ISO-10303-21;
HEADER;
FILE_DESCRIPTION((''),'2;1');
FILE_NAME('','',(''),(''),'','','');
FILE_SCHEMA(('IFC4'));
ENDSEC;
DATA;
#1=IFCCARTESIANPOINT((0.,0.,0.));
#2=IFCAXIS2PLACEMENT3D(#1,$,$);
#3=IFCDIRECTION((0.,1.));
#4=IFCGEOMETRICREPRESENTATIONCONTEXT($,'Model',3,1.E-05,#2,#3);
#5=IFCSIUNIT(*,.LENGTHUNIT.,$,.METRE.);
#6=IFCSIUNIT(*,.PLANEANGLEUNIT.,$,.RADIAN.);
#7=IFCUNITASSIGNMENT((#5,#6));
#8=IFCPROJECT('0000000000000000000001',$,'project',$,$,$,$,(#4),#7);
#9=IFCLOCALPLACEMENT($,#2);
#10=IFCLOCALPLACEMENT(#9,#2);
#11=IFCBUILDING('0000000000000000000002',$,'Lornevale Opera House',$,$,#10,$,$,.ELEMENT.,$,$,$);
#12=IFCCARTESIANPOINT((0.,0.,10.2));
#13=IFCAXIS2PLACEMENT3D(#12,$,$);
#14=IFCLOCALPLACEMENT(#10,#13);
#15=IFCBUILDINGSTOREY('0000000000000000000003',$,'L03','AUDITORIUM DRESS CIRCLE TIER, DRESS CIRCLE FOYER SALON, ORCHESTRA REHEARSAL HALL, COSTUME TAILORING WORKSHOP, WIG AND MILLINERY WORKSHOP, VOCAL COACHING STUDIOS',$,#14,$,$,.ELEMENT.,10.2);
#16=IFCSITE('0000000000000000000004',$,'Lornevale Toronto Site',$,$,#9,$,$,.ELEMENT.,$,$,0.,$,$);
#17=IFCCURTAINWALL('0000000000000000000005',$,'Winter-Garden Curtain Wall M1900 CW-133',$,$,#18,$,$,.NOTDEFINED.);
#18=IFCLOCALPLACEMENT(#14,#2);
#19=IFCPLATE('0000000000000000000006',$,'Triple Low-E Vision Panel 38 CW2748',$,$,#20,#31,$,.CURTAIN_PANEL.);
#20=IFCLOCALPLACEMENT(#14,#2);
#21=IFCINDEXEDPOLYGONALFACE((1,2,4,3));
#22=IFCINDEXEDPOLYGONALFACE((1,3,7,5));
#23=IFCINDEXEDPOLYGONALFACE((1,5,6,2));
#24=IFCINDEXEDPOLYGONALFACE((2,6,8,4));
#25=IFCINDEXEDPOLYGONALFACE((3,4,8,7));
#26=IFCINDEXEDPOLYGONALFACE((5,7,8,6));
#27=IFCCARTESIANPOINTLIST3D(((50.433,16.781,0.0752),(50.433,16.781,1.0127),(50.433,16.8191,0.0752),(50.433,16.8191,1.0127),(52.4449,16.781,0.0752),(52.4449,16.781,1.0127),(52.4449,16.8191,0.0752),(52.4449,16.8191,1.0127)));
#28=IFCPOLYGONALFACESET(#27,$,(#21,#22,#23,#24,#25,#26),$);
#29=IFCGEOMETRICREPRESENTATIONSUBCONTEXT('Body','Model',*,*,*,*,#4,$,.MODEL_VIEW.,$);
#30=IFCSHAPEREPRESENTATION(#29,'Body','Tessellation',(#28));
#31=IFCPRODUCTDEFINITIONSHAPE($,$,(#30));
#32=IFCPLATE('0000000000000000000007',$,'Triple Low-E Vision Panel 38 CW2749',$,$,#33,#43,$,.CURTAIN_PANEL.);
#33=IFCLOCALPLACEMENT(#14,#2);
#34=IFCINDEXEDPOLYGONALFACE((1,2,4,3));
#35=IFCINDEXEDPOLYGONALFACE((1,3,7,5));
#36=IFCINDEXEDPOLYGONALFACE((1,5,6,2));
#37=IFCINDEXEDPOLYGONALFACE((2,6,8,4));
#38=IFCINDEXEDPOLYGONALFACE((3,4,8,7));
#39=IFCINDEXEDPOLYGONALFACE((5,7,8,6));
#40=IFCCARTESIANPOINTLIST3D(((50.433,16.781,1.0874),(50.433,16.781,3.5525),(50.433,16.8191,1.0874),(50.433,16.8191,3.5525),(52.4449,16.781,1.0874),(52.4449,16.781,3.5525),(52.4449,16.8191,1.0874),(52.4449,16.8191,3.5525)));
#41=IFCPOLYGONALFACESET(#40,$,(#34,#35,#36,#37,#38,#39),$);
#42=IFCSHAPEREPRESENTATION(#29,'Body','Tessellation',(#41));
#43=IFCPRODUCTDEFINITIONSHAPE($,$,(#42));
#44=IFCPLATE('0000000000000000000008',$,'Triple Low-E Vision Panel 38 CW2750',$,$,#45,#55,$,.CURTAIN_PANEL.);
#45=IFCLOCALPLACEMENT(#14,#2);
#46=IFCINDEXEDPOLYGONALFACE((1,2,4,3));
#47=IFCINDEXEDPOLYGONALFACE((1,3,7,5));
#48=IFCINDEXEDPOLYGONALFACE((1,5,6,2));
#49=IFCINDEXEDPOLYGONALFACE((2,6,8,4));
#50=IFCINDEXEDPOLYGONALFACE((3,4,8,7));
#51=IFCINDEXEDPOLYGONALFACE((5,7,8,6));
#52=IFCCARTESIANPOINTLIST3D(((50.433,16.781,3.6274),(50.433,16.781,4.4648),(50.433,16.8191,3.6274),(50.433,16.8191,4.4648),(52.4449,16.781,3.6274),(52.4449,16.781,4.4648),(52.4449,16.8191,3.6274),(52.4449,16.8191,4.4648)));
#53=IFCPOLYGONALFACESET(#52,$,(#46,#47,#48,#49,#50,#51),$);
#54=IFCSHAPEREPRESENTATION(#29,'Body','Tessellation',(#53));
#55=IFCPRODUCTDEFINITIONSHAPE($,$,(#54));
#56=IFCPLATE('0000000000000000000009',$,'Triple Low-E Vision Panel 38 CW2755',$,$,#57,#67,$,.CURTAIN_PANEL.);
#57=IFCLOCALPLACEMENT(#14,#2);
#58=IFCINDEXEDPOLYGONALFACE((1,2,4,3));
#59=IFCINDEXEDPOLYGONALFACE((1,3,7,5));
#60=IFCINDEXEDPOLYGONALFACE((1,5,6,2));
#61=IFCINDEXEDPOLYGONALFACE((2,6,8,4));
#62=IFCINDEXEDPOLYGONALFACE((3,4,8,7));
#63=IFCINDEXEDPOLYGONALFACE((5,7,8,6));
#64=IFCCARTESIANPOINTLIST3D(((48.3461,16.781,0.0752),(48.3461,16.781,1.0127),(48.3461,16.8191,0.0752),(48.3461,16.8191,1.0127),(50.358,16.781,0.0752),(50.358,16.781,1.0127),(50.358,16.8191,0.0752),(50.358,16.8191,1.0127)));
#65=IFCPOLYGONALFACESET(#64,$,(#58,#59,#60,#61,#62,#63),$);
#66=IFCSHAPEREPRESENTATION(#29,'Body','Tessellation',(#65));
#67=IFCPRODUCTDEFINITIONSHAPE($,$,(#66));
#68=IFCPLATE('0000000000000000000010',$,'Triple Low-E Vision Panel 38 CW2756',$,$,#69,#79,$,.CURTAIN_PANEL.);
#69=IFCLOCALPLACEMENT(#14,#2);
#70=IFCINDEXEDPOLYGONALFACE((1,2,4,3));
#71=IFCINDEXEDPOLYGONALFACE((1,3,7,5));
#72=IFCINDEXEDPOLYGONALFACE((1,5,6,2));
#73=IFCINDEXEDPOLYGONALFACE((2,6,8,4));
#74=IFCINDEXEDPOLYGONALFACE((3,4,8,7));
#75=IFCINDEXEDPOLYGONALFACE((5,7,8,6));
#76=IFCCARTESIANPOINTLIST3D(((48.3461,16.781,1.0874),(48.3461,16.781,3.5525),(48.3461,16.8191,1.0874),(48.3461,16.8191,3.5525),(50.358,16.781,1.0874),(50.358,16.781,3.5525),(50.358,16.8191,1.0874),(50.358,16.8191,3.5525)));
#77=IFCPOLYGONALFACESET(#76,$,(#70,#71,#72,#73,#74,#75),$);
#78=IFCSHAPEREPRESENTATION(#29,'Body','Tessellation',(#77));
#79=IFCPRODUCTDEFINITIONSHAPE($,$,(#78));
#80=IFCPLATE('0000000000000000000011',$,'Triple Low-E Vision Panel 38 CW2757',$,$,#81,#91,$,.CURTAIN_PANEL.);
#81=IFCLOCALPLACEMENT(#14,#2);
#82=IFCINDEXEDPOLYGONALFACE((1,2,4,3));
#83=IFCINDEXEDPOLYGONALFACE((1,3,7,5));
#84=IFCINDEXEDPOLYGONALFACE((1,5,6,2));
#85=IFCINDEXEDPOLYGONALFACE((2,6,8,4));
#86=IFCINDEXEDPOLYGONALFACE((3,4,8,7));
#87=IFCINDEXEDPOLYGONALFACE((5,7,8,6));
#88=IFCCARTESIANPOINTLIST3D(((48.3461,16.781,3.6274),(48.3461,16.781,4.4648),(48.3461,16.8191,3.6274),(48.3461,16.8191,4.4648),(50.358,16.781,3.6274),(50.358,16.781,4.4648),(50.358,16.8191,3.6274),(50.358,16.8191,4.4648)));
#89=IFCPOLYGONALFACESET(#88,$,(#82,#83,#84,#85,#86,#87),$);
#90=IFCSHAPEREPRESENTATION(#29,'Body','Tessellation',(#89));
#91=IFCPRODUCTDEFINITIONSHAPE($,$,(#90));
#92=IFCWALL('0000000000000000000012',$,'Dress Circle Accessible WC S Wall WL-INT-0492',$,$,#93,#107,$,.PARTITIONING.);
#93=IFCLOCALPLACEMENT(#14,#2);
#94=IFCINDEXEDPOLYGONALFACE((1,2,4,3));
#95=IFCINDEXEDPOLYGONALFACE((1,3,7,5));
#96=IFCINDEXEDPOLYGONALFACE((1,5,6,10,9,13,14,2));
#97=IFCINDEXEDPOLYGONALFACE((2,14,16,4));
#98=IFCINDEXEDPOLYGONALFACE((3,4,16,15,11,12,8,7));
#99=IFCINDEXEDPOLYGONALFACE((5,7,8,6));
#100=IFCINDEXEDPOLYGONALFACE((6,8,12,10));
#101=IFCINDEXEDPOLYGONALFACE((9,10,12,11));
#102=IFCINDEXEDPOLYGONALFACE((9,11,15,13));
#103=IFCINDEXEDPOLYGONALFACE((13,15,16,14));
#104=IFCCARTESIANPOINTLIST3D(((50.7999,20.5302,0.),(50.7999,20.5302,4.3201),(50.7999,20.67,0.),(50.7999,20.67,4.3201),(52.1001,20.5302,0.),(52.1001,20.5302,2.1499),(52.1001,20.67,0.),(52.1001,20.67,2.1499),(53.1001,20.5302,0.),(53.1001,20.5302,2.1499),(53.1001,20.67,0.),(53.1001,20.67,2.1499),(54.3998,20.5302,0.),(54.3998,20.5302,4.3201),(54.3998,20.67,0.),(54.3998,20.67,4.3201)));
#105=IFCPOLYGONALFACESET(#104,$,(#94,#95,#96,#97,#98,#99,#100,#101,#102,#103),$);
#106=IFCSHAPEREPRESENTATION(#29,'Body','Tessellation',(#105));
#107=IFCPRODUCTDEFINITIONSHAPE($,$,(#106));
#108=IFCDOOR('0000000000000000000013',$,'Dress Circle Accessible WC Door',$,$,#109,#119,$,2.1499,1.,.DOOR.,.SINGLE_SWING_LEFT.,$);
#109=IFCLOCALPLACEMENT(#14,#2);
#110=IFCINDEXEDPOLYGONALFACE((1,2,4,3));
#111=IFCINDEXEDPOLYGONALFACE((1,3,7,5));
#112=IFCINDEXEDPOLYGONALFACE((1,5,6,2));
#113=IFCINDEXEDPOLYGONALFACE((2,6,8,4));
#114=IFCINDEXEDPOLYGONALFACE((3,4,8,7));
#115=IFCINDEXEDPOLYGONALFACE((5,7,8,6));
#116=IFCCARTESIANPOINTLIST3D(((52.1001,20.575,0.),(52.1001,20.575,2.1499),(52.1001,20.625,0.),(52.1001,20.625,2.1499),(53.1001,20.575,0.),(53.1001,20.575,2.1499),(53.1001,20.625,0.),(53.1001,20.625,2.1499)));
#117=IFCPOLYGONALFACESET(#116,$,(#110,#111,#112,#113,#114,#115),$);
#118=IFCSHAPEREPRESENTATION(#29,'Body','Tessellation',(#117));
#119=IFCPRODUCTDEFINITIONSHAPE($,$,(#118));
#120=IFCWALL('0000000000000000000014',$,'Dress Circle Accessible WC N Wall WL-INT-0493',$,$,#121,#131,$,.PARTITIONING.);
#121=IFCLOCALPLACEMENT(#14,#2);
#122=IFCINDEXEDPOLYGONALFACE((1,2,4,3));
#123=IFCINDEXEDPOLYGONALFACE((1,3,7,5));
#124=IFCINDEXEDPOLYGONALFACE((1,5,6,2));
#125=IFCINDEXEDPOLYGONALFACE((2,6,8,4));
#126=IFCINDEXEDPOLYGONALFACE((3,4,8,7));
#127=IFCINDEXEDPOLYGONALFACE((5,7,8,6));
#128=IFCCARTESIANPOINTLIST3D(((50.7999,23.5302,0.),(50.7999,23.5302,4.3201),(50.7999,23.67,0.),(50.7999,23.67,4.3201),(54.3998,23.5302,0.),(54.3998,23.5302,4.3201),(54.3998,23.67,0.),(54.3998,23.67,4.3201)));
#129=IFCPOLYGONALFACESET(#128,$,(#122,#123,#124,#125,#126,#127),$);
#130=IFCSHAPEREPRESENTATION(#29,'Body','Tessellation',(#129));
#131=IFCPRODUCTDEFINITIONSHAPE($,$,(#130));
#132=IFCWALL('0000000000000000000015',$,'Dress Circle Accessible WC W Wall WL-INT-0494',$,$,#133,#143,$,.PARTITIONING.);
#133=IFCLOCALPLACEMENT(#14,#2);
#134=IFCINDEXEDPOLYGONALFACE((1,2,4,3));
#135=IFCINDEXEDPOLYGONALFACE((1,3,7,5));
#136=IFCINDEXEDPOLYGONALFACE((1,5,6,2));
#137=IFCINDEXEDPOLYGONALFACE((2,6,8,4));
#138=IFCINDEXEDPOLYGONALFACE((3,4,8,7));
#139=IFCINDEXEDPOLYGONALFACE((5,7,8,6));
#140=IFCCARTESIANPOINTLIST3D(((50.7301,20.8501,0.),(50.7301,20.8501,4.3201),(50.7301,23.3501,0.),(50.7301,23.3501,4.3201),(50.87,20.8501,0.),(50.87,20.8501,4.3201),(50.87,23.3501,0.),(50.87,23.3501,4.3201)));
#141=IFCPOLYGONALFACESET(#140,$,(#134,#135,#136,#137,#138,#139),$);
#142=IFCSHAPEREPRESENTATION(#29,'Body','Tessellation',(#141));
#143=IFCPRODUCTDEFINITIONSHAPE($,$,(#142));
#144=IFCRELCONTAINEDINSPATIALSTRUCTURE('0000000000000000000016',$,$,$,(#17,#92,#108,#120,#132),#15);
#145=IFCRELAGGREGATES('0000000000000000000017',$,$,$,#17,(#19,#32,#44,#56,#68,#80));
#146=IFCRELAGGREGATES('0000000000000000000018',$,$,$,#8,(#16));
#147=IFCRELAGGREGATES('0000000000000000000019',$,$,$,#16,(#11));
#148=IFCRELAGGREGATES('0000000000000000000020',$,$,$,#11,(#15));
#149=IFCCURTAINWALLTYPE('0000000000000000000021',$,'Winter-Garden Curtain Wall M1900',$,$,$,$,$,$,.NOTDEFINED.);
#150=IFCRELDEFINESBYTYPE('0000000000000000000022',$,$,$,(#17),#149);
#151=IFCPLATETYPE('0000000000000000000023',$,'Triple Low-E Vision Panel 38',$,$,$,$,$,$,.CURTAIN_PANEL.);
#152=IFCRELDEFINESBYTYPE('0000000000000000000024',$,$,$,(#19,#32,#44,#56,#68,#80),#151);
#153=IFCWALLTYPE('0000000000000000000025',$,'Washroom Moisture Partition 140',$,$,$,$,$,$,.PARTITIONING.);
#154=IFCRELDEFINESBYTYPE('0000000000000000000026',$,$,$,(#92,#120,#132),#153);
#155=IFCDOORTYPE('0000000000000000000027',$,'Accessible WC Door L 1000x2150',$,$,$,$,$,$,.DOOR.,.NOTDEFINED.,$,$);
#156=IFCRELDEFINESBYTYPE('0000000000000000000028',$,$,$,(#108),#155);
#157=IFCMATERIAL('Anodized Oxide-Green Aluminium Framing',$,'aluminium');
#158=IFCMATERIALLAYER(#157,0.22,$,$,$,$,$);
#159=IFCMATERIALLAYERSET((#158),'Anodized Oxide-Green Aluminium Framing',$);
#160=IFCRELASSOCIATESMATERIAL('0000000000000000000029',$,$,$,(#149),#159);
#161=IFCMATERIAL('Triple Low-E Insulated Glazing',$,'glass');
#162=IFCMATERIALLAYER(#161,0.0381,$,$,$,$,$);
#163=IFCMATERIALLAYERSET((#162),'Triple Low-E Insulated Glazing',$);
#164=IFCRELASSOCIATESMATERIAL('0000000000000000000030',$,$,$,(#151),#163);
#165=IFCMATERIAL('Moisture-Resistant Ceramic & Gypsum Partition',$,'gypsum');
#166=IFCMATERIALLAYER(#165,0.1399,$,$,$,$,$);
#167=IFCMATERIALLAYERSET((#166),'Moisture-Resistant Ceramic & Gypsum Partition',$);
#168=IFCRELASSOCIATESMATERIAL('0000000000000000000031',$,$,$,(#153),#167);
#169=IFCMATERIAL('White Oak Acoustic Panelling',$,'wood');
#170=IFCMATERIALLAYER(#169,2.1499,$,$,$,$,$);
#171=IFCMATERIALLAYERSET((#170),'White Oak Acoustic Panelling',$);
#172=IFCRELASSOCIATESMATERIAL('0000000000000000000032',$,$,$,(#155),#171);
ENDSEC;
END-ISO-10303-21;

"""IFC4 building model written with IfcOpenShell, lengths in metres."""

from ifc_helpers import new_model, si_unit, direction, frame, frame_2d, origin, origin_2d, place, context, subcontext, project, spatial, rectangle, extrude, material, layer, layer_set, type_object, element, fill, aggregate, save


model = new_model("IFC4")

# Units and contexts
model_context = context("Model", 3, precision=1e-05, world=origin(), true_north=direction((0.0, 1.0)))
body_context = subcontext(model_context, "Body", "Model", "MODEL_VIEW")
ifc_project = project(units=[si_unit("LENGTHUNIT", "METRE"), si_unit("PLANEANGLEUNIT", "RADIAN")], contexts=[model_context])

# Site, building, storey
site_placement = place(None, origin())
site = spatial("IfcSite", under=ifc_project, at=site_placement, Name="Lornevale Toronto Site", CompositionType="ELEMENT", RefElevation=0.0)
building_placement = place(site_placement, origin())
building = spatial("IfcBuilding", under=site, at=building_placement, Name="Lornevale Opera House", CompositionType="ELEMENT")
storey_placement = place(building_placement, frame((0.0, 0.0, 10.2)))
storey = spatial("IfcBuildingStorey", under=building, at=storey_placement, Name="L03", Description="AUDITORIUM DRESS CIRCLE TIER, DRESS CIRCLE FOYER SALON, ORCHESTRA REHEARSAL HALL, COSTUME TAILORING WORKSHOP, WIG AND MILLINERY WORKSHOP, VOCAL COACHING STUDIOS", CompositionType="ELEMENT", Elevation=10.2)

# Shared definitions
ifc_material_1 = material(Name="Anodized Oxide-Green Aluminium Framing", Category="aluminium")
ifc_layer_1 = layer(ifc_material_1, 0.22)
ifc_layer_set_1 = layer_set([ifc_layer_1], Name="Anodized Oxide-Green Aluminium Framing")
curtain_wall_type = type_object("IfcCurtainWallType", Name="Winter-Garden Curtain Wall M1900", PredefinedType="NOTDEFINED", material=ifc_layer_set_1)

# Curtain wall, plates
curtain_wall_1_placement = place(storey_placement, origin())
curtain_wall_1 = element("IfcCurtainWall", 1, at=curtain_wall_1_placement, inside=storey, type_object=curtain_wall_type, Name="Winter-Garden Curtain Wall M1900 CW-133", PredefinedType="NOTDEFINED")
ifc_material_2 = material(Name="Triple Low-E Insulated Glazing", Category="glass")
ifc_layer_2 = layer(ifc_material_2, 0.0381)
ifc_layer_set_2 = layer_set([ifc_layer_2], Name="Triple Low-E Insulated Glazing")
plate_type = type_object("IfcPlateType", Name="Triple Low-E Vision Panel 38", PredefinedType="CURTAIN_PANEL", material=ifc_layer_set_2)
plate_1_placement = place(storey_placement, frame((51.439, 16.8, 0.0752), z_axis=(0.0, 0.0, 1.0), x_axis=(-1.0, 0.0, 0.0)))
plate_1 = element("IfcPlate", 2, at=plate_1_placement, type_object=plate_type, Name="Triple Low-E Vision Panel 38 CW2748", PredefinedType="CURTAIN_PANEL", context=body_context, shape_type="SweptSolid", body=[
    extrude(rectangle(XDim=2.012, YDim=0.0381, at=origin_2d()), origin(), (0.0, 0.0, 1.0), 0.9375),
])
plate_2_placement = place(storey_placement, frame((51.439, 16.8, 1.0874), z_axis=(0.0, 0.0, 1.0), x_axis=(-1.0, 0.0, 0.0)))
plate_2 = element("IfcPlate", 3, at=plate_2_placement, type_object=plate_type, Name="Triple Low-E Vision Panel 38 CW2749", PredefinedType="CURTAIN_PANEL", context=body_context, shape_type="SweptSolid", body=[
    extrude(rectangle(XDim=2.012, YDim=0.0381, at=origin_2d()), origin(), (0.0, 0.0, 1.0), 2.4651),
])
plate_3_placement = place(storey_placement, frame((51.439, 16.8, 3.6274), z_axis=(0.0, 0.0, 1.0), x_axis=(-1.0, 0.0, 0.0)))
plate_3 = element("IfcPlate", 4, at=plate_3_placement, type_object=plate_type, Name="Triple Low-E Vision Panel 38 CW2750", PredefinedType="CURTAIN_PANEL", context=body_context, shape_type="SweptSolid", body=[
    extrude(rectangle(XDim=2.012, YDim=0.0381, at=origin_2d()), origin(), (0.0, 0.0, 1.0), 0.8374),
])
plate_4_placement = place(storey_placement, frame((49.3521, 16.8, 0.0752), z_axis=(0.0, 0.0, 1.0), x_axis=(-1.0, 0.0, 0.0)))
plate_4 = element("IfcPlate", 5, at=plate_4_placement, type_object=plate_type, Name="Triple Low-E Vision Panel 38 CW2755", PredefinedType="CURTAIN_PANEL", context=body_context, shape_type="SweptSolid", body=[
    extrude(rectangle(XDim=2.012, YDim=0.0381, at=origin_2d()), origin(), (0.0, 0.0, 1.0), 0.9375),
])
plate_5_placement = place(storey_placement, frame((49.3521, 16.8, 1.0874), z_axis=(0.0, 0.0, 1.0), x_axis=(-1.0, 0.0, 0.0)))
plate_5 = element("IfcPlate", 6, at=plate_5_placement, type_object=plate_type, Name="Triple Low-E Vision Panel 38 CW2756", PredefinedType="CURTAIN_PANEL", context=body_context, shape_type="SweptSolid", body=[
    extrude(rectangle(XDim=2.012, YDim=0.0381, at=origin_2d()), origin(), (0.0, 0.0, 1.0), 2.4651),
])
plate_6_placement = place(storey_placement, frame((49.3521, 16.8, 3.6274), z_axis=(0.0, 0.0, 1.0), x_axis=(-1.0, 0.0, 0.0)))
plate_6 = element("IfcPlate", 7, at=plate_6_placement, type_object=plate_type, Name="Triple Low-E Vision Panel 38 CW2757", PredefinedType="CURTAIN_PANEL", context=body_context, shape_type="SweptSolid", body=[
    extrude(rectangle(XDim=2.012, YDim=0.0381, at=origin_2d()), origin(), (0.0, 0.0, 1.0), 0.8374),
])
aggregate(curtain_wall_1, [plate_1, plate_2, plate_3, plate_4, plate_5, plate_6])

# Wall, opening, door
ifc_material_3 = material(Name="Moisture-Resistant Ceramic & Gypsum Partition", Category="gypsum")
ifc_layer_3 = layer(ifc_material_3, 0.1399)
ifc_layer_set_3 = layer_set([ifc_layer_3], Name="Moisture-Resistant Ceramic & Gypsum Partition")
wall_type = type_object("IfcWallType", Name="Washroom Moisture Partition 140", PredefinedType="PARTITIONING", material=ifc_layer_set_3)
wall_1_placement = place(storey_placement, frame((50.8, 20.6001, 0.0), z_axis=(0.0, 0.0, 1.0), x_axis=(1.0, 0.0, 0.0)))
wall_1 = element("IfcWall", 8, at=wall_1_placement, inside=storey, type_object=wall_type, Name="Dress Circle Accessible WC S Wall WL-INT-0492", PredefinedType="PARTITIONING", context=body_context, shape_type="SweptSolid", body=[
    extrude(rectangle(XDim=3.5999, YDim=0.1399, at=frame_2d((1.7998, 0.0))), origin(), (0.0, 0.0, 1.0), 4.3201),
])
opening_placement = place(wall_1_placement, frame((1.3, 0.0, 0.0)))
opening = element("IfcOpeningElement", 9, at=opening_placement, cuts=wall_1, PredefinedType="OPENING", context=body_context, shape_type="SweptSolid", body=[
    extrude(rectangle(XDim=1.0, YDim=2.1499, at=frame_2d((0.5, 1.075))), frame((0.0, 0.0798, 0.0), z_axis=(0.0, -1.0, 0.0), x_axis=(1.0, 0.0, 0.0)), (0.0, 0.0, 1.0), 0.1599),
])
ifc_material_4 = material(Name="White Oak Acoustic Panelling", Category="wood")
ifc_layer_4 = layer(ifc_material_4, 2.1499)
ifc_layer_set_4 = layer_set([ifc_layer_4], Name="White Oak Acoustic Panelling")
door_type = type_object("IfcDoorType", Name="Accessible WC Door L 1000x2150", OperationType="NOTDEFINED", PredefinedType="DOOR", material=ifc_layer_set_4)
door_placement = place(opening_placement, origin())
door = element("IfcDoor", 10, at=door_placement, inside=storey, type_object=door_type, Name="Dress Circle Accessible WC Door", OperationType="SINGLE_SWING_LEFT", OverallHeight=2.1499, OverallWidth=1.0, PredefinedType="DOOR", context=body_context, shape_type="SweptSolid", body=[
    extrude(rectangle(XDim=1.0, YDim=2.1499, at=frame_2d((0.5, 1.075))), frame((0.0, 0.0249, 0.0), z_axis=(0.0, -1.0, 0.0), x_axis=(1.0, 0.0, 0.0)), (0.0, 0.0, 1.0), 0.05),
])
fill(opening, door)

# Walls
wall_2_placement = place(storey_placement, frame((50.8, 23.6001, 0.0), z_axis=(0.0, 0.0, 1.0), x_axis=(1.0, 0.0, 0.0)))
element("IfcWall", 11, at=wall_2_placement, inside=storey, type_object=wall_type, Name="Dress Circle Accessible WC N Wall WL-INT-0493", PredefinedType="PARTITIONING", context=body_context, shape_type="SweptSolid", body=[
    extrude(rectangle(XDim=3.5999, YDim=0.1399, at=frame_2d((1.7998, 0.0))), origin(), (0.0, 0.0, 1.0), 4.3201),
])
wall_3_placement = place(storey_placement, frame((50.8, 20.8501, 0.0), z_axis=(0.0, 0.0, 1.0), x_axis=(0.0, 1.0, 0.0)))
element("IfcWall", 12, at=wall_3_placement, inside=storey, type_object=wall_type, Name="Dress Circle Accessible WC W Wall WL-INT-0494", PredefinedType="PARTITIONING", context=body_context, shape_type="SweptSolid", body=[
    extrude(rectangle(XDim=2.5, YDim=0.1399, at=frame_2d((1.25, 0.0))), origin(), (0.0, 0.0, 1.0), 4.3201),
])

save(model, "model.ifc")
